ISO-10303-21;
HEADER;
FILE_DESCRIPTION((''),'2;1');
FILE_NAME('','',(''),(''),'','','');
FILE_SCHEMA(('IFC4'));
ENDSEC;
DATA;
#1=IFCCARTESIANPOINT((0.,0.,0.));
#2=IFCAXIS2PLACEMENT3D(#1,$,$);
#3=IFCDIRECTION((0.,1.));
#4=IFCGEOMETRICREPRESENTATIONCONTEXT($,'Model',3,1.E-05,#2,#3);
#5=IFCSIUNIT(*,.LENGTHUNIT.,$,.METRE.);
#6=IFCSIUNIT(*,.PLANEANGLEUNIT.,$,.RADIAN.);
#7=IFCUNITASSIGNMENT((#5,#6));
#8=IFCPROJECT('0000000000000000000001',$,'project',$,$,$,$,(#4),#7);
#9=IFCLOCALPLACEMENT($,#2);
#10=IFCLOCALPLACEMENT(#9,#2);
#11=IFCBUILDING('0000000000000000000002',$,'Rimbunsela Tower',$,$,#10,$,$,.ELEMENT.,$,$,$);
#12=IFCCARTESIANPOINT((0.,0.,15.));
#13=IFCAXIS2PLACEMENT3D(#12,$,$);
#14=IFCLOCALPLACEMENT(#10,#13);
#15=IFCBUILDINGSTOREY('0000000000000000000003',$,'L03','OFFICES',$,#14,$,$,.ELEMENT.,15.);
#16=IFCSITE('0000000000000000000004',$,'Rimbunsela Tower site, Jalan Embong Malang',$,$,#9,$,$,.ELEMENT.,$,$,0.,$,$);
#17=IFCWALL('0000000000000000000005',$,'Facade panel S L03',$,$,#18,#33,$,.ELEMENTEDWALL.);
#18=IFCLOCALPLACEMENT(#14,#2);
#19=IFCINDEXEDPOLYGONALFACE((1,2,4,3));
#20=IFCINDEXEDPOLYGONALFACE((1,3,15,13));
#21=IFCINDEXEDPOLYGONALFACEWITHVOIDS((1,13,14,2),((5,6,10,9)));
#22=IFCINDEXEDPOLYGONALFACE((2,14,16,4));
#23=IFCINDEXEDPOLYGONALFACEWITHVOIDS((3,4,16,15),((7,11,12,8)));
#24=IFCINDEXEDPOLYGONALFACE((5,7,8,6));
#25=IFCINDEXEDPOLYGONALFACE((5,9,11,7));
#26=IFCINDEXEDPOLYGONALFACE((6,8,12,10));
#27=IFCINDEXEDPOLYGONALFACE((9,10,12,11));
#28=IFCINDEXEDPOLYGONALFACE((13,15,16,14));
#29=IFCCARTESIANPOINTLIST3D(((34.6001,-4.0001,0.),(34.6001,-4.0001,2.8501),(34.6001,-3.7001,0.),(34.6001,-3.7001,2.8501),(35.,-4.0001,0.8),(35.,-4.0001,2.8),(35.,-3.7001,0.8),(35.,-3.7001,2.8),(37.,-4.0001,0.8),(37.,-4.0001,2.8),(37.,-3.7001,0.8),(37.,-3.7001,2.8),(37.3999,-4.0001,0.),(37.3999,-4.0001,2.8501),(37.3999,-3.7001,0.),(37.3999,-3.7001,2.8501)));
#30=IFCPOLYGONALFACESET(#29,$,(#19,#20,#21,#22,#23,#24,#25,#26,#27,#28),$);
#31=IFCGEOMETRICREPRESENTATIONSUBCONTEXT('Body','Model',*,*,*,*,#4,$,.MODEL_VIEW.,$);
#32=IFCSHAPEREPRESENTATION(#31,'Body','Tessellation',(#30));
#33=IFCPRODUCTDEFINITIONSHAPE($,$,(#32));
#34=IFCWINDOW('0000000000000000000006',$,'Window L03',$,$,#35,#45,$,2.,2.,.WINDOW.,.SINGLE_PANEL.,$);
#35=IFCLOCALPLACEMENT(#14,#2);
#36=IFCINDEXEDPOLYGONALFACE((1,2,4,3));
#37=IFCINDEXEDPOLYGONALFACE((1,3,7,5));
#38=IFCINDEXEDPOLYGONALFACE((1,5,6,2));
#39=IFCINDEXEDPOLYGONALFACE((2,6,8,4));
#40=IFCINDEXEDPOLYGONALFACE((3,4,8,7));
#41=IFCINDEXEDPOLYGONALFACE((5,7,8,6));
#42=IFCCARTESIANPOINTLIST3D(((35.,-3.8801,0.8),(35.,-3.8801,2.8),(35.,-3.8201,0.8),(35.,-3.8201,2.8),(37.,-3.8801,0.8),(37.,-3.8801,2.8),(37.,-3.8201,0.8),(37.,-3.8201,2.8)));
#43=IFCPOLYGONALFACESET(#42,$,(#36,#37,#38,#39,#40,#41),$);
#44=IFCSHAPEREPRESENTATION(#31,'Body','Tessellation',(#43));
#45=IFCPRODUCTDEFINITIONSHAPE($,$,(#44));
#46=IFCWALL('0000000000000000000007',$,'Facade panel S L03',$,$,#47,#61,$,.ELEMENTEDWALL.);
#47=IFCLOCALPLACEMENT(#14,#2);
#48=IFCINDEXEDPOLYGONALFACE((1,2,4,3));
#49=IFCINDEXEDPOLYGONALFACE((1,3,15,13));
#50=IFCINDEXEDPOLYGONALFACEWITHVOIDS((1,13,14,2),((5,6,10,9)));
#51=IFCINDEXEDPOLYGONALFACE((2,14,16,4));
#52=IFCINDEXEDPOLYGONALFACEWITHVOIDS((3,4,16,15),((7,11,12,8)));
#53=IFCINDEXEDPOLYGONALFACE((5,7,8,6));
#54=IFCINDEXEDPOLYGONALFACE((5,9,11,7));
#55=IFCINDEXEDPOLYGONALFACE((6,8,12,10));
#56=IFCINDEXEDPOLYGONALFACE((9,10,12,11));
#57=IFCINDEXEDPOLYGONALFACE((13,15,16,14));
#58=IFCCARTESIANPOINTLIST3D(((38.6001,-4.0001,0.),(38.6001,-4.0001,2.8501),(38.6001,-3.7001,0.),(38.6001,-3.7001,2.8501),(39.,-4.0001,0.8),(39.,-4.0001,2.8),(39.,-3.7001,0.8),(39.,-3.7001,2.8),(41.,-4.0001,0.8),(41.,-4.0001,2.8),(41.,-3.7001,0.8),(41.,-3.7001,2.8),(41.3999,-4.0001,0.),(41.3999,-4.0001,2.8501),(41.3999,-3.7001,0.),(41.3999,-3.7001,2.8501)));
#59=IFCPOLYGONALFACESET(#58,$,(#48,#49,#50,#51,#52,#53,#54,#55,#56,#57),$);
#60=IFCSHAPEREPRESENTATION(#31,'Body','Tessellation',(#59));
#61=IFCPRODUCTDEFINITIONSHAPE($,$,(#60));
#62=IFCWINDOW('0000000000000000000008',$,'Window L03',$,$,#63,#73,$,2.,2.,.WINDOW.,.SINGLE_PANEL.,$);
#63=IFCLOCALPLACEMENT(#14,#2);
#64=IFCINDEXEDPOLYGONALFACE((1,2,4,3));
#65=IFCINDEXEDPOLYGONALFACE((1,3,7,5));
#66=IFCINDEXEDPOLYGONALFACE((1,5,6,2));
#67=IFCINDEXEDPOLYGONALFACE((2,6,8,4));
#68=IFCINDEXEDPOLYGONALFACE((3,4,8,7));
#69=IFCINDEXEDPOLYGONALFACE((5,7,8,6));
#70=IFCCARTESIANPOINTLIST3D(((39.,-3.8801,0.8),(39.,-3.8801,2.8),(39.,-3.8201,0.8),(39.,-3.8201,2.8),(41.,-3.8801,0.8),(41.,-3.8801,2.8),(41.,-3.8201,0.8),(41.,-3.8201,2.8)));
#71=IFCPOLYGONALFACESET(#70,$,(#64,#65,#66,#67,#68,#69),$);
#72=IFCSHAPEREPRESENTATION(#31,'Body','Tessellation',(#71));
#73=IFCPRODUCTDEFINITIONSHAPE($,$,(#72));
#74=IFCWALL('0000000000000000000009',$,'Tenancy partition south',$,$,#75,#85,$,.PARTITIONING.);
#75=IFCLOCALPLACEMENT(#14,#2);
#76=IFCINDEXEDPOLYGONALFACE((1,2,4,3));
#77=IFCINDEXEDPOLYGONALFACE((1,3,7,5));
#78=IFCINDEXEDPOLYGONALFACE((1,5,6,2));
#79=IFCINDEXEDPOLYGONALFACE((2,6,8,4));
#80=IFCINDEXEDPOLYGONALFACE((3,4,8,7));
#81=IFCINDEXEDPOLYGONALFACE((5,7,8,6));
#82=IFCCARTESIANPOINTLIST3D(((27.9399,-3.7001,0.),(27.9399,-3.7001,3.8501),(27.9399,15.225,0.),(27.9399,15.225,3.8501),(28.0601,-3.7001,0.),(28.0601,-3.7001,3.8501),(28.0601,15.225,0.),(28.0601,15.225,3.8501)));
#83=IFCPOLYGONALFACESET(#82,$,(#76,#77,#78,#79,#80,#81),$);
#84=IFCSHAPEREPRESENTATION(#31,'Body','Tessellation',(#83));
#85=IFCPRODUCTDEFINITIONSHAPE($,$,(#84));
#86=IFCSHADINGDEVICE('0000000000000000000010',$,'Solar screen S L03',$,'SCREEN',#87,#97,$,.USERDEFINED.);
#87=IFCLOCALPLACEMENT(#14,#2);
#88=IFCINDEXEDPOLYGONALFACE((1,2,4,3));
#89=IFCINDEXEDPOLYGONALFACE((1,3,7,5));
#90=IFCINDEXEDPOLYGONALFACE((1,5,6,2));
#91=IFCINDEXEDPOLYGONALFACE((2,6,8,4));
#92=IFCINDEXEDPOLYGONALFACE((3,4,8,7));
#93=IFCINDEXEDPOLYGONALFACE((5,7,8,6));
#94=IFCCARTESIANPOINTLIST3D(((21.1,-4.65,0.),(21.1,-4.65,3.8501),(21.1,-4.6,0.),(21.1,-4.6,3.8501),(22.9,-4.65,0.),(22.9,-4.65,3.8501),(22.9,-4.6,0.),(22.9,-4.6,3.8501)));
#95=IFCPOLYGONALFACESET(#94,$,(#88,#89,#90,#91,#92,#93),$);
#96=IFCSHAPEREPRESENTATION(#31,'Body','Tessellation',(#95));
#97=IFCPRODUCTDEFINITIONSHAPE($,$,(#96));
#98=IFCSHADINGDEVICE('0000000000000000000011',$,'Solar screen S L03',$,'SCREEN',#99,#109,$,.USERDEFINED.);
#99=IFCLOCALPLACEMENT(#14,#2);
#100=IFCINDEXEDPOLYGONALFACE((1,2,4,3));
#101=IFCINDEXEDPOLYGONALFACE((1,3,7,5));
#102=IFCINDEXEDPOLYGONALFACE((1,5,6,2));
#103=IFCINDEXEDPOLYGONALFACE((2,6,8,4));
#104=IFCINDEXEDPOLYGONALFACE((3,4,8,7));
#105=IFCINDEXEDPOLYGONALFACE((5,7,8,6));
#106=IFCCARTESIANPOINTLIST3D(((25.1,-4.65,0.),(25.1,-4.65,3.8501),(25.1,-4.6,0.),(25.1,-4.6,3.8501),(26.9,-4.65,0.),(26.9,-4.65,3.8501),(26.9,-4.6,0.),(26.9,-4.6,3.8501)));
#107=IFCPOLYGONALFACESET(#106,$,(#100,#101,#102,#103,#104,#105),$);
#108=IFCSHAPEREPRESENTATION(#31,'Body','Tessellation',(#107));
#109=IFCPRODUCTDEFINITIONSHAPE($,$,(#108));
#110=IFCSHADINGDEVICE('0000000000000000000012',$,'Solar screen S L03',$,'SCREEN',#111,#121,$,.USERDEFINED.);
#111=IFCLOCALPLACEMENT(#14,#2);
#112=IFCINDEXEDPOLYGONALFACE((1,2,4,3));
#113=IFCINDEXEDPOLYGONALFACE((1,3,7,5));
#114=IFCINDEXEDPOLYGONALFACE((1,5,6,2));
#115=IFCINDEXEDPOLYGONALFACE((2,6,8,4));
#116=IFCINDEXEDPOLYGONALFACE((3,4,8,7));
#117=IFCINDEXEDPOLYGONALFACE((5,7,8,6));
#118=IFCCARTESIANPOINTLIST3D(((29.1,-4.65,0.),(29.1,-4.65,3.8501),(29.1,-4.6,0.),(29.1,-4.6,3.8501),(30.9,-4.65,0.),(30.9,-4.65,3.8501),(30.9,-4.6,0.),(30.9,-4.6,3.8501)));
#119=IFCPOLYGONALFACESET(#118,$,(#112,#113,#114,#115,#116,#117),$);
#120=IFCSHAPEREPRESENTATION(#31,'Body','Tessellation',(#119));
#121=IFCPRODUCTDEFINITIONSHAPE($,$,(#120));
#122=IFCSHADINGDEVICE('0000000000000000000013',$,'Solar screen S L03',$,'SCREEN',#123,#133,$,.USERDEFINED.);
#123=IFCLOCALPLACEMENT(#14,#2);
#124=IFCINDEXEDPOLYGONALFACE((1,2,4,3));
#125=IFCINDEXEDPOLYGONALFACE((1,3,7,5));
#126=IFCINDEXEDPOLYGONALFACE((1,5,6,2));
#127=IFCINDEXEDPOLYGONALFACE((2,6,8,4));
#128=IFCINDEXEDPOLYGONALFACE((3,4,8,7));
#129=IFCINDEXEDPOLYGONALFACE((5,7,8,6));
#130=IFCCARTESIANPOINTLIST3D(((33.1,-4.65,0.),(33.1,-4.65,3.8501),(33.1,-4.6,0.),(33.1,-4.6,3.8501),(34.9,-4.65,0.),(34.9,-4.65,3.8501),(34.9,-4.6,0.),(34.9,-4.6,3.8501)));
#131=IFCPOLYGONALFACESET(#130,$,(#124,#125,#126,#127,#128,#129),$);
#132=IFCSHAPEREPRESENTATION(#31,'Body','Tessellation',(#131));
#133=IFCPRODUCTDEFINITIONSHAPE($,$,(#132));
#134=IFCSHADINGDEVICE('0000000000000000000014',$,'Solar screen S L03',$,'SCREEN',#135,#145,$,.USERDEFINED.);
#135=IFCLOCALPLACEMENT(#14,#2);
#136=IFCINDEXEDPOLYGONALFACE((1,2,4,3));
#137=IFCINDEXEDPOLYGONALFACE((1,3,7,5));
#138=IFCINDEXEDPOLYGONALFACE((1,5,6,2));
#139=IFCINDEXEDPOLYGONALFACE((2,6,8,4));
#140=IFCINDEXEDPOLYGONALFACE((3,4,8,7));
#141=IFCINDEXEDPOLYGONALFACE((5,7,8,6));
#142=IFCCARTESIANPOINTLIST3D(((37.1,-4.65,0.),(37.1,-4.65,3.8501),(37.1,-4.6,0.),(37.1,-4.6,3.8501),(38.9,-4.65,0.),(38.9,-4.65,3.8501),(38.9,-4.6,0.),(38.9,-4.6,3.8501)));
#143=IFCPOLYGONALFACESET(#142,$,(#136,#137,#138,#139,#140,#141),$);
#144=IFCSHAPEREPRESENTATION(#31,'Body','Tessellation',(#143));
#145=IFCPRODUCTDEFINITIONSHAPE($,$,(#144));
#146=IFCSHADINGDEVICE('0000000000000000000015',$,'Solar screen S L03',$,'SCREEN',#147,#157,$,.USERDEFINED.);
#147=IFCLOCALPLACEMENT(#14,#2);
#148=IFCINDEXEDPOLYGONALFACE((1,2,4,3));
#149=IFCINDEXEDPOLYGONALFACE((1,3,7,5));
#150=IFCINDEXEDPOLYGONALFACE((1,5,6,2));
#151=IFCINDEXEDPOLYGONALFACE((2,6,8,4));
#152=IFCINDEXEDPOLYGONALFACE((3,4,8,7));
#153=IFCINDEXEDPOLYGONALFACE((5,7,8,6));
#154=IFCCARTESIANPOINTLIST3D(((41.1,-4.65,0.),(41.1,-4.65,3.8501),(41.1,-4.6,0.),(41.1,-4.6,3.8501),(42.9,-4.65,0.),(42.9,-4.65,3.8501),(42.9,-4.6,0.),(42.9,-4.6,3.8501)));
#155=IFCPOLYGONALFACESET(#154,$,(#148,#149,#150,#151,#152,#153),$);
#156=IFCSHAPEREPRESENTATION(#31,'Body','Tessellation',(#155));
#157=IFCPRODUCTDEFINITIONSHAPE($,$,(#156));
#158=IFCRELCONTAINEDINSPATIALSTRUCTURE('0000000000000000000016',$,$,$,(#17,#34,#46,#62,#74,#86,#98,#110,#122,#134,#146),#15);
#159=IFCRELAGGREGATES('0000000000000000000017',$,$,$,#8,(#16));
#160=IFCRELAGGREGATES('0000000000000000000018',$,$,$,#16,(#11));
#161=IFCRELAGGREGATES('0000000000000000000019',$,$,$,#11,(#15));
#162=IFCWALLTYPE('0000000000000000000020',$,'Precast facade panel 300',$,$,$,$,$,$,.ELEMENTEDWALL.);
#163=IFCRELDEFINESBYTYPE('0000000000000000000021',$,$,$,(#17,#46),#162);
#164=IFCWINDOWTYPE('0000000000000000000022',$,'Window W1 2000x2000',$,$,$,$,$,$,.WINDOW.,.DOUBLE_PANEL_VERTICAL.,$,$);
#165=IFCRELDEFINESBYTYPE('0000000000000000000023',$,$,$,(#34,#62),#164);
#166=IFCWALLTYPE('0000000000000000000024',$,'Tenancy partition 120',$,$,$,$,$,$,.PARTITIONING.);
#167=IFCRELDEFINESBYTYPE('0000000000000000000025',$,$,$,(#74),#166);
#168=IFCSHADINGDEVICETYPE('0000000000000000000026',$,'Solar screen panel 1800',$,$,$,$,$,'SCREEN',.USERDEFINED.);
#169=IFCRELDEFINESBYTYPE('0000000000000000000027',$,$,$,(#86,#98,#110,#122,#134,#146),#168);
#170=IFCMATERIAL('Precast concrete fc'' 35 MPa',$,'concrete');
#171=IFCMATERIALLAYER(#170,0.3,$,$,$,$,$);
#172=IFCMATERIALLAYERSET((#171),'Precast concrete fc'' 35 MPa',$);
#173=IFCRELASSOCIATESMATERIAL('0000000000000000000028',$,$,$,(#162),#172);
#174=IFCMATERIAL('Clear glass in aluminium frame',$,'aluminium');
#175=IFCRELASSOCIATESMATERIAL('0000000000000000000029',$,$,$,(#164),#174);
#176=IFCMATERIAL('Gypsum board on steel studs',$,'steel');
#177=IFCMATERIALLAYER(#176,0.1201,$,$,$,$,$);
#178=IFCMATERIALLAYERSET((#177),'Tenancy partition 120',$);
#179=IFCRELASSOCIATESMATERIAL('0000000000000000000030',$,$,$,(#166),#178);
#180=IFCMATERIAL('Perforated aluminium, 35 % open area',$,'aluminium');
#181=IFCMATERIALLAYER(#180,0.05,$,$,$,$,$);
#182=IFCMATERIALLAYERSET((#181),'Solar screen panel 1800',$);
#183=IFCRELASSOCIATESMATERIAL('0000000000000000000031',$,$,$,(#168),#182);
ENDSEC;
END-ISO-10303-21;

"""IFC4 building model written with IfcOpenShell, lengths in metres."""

from ifc_helpers import new_model, si_unit, direction, frame, frame_2d, origin, origin_2d, place, context, subcontext, project, spatial, rectangle, extrude, material, layer, layer_set, type_object, element, fill, save


model = new_model("IFC4")

# Units and contexts
model_context = context("Model", 3, precision=1e-05, world=origin(), true_north=direction((0.0, 1.0)))
body_context = subcontext(model_context, "Body", "Model", "MODEL_VIEW")
ifc_project = project(units=[si_unit("LENGTHUNIT", "METRE"), si_unit("PLANEANGLEUNIT", "RADIAN")], contexts=[model_context])

# Site, building, storey
site_placement = place(None, origin())
site = spatial("IfcSite", under=ifc_project, at=site_placement, Name="Rimbunsela Tower site, Jalan Embong Malang", CompositionType="ELEMENT", RefElevation=0.0)
building_placement = place(site_placement, origin())
building = spatial("IfcBuilding", under=site, at=building_placement, Name="Rimbunsela Tower", CompositionType="ELEMENT")
storey_placement = place(building_placement, frame((0.0, 0.0, 15.0)))
storey = spatial("IfcBuildingStorey", under=building, at=storey_placement, Name="L03", Description="OFFICES", CompositionType="ELEMENT", Elevation=15.0)

# Shared definitions
ifc_material_1 = material(Name="Precast concrete fc' 35 MPa", Category="concrete")
ifc_layer_1 = layer(ifc_material_1, 0.3)
ifc_layer_set_1 = layer_set([ifc_layer_1], Name="Precast concrete fc' 35 MPa")
wall_type_1 = type_object("IfcWallType", Name="Precast facade panel 300", PredefinedType="ELEMENTEDWALL", material=ifc_layer_set_1)
ifc_material_2 = material(Name="Clear glass in aluminium frame", Category="aluminium")
window_type_1 = type_object("IfcWindowType", Name="Window W1 2000x2000", PartitioningType="DOUBLE_PANEL_VERTICAL", PredefinedType="WINDOW", material=ifc_material_2)

# Walls, openings, windows
wall_1_placement = place(storey_placement, frame((34.6001, -3.8501, 0.0), z_axis=(0.0, 0.0, 1.0), x_axis=(1.0, 0.0, 0.0)))
wall_1 = element("IfcWall", 1, at=wall_1_placement, inside=storey, type_object=wall_type_1, Name="Facade panel S L03", PredefinedType="ELEMENTEDWALL", context=body_context, shape_type="SweptSolid", body=[
    extrude(rectangle(XDim=2.7998, YDim=0.3, at=frame_2d((1.3999, 0.0))), origin(), (0.0, 0.0, 1.0), 2.8501),
])
opening_1_placement = place(wall_1_placement, frame((0.3999, 0.0, 0.8)))
opening_1 = element("IfcOpeningElement", 2, at=opening_1_placement, cuts=wall_1, PredefinedType="OPENING", context=body_context, shape_type="SweptSolid", body=[
    extrude(rectangle(XDim=2.0, YDim=2.0, at=frame_2d((1.0, 1.0))), frame((0.0, 0.1599, 0.0), z_axis=(0.0, -1.0, 0.0), x_axis=(1.0, 0.0, 0.0)), (0.0, 0.0, 1.0), 0.3201),
])
window_1_placement = place(opening_1_placement, origin())
window_1 = element("IfcWindow", 3, at=window_1_placement, inside=storey, type_object=window_type_1, Name="Window L03", OverallHeight=2.0, OverallWidth=2.0, PartitioningType="SINGLE_PANEL", PredefinedType="WINDOW", context=body_context, shape_type="SweptSolid", body=[
    extrude(rectangle(XDim=2.0, YDim=2.0, at=frame_2d((1.0, 1.0))), frame((0.0, 0.03, 0.0), z_axis=(0.0, -1.0, 0.0), x_axis=(1.0, 0.0, 0.0)), (0.0, 0.0, 1.0), 0.0601),
])
fill(opening_1, window_1)
wall_2_placement = place(storey_placement, frame((38.6001, -3.8501, 0.0), z_axis=(0.0, 0.0, 1.0), x_axis=(1.0, 0.0, 0.0)))
wall_2 = element("IfcWall", 4, at=wall_2_placement, inside=storey, type_object=wall_type_1, Name="Facade panel S L03", PredefinedType="ELEMENTEDWALL", context=body_context, shape_type="SweptSolid", body=[
    extrude(rectangle(XDim=2.7998, YDim=0.3, at=frame_2d((1.3999, 0.0))), origin(), (0.0, 0.0, 1.0), 2.8501),
])
opening_2_placement = place(wall_2_placement, frame((0.3999, 0.0, 0.8)))
opening_2 = element("IfcOpeningElement", 5, at=opening_2_placement, cuts=wall_2, PredefinedType="OPENING", context=body_context, shape_type="SweptSolid", body=[
    extrude(rectangle(XDim=2.0, YDim=2.0, at=frame_2d((1.0, 1.0))), frame((0.0, 0.1599, 0.0), z_axis=(0.0, -1.0, 0.0), x_axis=(1.0, 0.0, 0.0)), (0.0, 0.0, 1.0), 0.3201),
])
window_2_placement = place(opening_2_placement, origin())
window_2 = element("IfcWindow", 6, at=window_2_placement, inside=storey, type_object=window_type_1, Name="Window L03", OverallHeight=2.0, OverallWidth=2.0, PartitioningType="SINGLE_PANEL", PredefinedType="WINDOW", context=body_context, shape_type="SweptSolid", body=[
    extrude(rectangle(XDim=2.0, YDim=2.0, at=frame_2d((1.0, 1.0))), frame((0.0, 0.03, 0.0), z_axis=(0.0, -1.0, 0.0), x_axis=(1.0, 0.0, 0.0)), (0.0, 0.0, 1.0), 0.0601),
])
fill(opening_2, window_2)

# Wall
ifc_material_3 = material(Name="Gypsum board on steel studs", Category="steel")
ifc_layer_2 = layer(ifc_material_3, 0.1201)
ifc_layer_set_2 = layer_set([ifc_layer_2], Name="Tenancy partition 120")
wall_type_2 = type_object("IfcWallType", Name="Tenancy partition 120", PredefinedType="PARTITIONING", material=ifc_layer_set_2)
wall_3_placement = place(storey_placement, frame((28.0, -3.7, 0.0), z_axis=(0.0, 0.0, 1.0), x_axis=(0.0, 1.0, 0.0)))
element("IfcWall", 7, at=wall_3_placement, inside=storey, type_object=wall_type_2, Name="Tenancy partition south", PredefinedType="PARTITIONING", context=body_context, shape_type="SweptSolid", body=[
    extrude(rectangle(XDim=18.925, YDim=0.1201, at=frame_2d((9.4624, 0.0))), origin(), (0.0, 0.0, 1.0), 3.8501),
])

# Shading devices
ifc_material_4 = material(Name="Perforated aluminium, 35 % open area", Category="aluminium")
ifc_layer_3 = layer(ifc_material_4, 0.05)
ifc_layer_set_3 = layer_set([ifc_layer_3], Name="Solar screen panel 1800")
shading_device_type = type_object("IfcShadingDeviceType", Name="Solar screen panel 1800", ElementType="SCREEN", PredefinedType="USERDEFINED", material=ifc_layer_set_3)
for number, where, z_axis, x_axis, name in (
    (8, (22.0, -4.625, 0.0), (0.0, 0.0, 1.0), (1.0, 0.0, 0.0), "Solar screen S L03"),
    (9, (26.0, -4.625, 0.0), (0.0, 0.0, 1.0), (1.0, 0.0, 0.0), "Solar screen S L03"),
    (10, (30.0, -4.625, 0.0), (0.0, 0.0, 1.0), (1.0, 0.0, 0.0), "Solar screen S L03"),
    (11, (34.0, -4.625, 0.0), (0.0, 0.0, 1.0), (1.0, 0.0, 0.0), "Solar screen S L03"),
    (12, (38.0, -4.625, 0.0), (0.0, 0.0, 1.0), (1.0, 0.0, 0.0), "Solar screen S L03"),
    (13, (42.0, -4.625, 0.0), (0.0, 0.0, 1.0), (1.0, 0.0, 0.0), "Solar screen S L03"),
):
    element("IfcShadingDevice", number, at=place(storey_placement, frame(where, z_axis=z_axis, x_axis=x_axis)), inside=storey, type_object=shading_device_type, Name=name, ObjectType="SCREEN", PredefinedType="USERDEFINED", context=body_context, shape_type="SweptSolid", body=[
        extrude(rectangle(XDim=1.8, YDim=0.05, at=origin_2d()), origin(), (0.0, 0.0, 1.0), 3.8501),
    ])

save(model, "model.ifc")
